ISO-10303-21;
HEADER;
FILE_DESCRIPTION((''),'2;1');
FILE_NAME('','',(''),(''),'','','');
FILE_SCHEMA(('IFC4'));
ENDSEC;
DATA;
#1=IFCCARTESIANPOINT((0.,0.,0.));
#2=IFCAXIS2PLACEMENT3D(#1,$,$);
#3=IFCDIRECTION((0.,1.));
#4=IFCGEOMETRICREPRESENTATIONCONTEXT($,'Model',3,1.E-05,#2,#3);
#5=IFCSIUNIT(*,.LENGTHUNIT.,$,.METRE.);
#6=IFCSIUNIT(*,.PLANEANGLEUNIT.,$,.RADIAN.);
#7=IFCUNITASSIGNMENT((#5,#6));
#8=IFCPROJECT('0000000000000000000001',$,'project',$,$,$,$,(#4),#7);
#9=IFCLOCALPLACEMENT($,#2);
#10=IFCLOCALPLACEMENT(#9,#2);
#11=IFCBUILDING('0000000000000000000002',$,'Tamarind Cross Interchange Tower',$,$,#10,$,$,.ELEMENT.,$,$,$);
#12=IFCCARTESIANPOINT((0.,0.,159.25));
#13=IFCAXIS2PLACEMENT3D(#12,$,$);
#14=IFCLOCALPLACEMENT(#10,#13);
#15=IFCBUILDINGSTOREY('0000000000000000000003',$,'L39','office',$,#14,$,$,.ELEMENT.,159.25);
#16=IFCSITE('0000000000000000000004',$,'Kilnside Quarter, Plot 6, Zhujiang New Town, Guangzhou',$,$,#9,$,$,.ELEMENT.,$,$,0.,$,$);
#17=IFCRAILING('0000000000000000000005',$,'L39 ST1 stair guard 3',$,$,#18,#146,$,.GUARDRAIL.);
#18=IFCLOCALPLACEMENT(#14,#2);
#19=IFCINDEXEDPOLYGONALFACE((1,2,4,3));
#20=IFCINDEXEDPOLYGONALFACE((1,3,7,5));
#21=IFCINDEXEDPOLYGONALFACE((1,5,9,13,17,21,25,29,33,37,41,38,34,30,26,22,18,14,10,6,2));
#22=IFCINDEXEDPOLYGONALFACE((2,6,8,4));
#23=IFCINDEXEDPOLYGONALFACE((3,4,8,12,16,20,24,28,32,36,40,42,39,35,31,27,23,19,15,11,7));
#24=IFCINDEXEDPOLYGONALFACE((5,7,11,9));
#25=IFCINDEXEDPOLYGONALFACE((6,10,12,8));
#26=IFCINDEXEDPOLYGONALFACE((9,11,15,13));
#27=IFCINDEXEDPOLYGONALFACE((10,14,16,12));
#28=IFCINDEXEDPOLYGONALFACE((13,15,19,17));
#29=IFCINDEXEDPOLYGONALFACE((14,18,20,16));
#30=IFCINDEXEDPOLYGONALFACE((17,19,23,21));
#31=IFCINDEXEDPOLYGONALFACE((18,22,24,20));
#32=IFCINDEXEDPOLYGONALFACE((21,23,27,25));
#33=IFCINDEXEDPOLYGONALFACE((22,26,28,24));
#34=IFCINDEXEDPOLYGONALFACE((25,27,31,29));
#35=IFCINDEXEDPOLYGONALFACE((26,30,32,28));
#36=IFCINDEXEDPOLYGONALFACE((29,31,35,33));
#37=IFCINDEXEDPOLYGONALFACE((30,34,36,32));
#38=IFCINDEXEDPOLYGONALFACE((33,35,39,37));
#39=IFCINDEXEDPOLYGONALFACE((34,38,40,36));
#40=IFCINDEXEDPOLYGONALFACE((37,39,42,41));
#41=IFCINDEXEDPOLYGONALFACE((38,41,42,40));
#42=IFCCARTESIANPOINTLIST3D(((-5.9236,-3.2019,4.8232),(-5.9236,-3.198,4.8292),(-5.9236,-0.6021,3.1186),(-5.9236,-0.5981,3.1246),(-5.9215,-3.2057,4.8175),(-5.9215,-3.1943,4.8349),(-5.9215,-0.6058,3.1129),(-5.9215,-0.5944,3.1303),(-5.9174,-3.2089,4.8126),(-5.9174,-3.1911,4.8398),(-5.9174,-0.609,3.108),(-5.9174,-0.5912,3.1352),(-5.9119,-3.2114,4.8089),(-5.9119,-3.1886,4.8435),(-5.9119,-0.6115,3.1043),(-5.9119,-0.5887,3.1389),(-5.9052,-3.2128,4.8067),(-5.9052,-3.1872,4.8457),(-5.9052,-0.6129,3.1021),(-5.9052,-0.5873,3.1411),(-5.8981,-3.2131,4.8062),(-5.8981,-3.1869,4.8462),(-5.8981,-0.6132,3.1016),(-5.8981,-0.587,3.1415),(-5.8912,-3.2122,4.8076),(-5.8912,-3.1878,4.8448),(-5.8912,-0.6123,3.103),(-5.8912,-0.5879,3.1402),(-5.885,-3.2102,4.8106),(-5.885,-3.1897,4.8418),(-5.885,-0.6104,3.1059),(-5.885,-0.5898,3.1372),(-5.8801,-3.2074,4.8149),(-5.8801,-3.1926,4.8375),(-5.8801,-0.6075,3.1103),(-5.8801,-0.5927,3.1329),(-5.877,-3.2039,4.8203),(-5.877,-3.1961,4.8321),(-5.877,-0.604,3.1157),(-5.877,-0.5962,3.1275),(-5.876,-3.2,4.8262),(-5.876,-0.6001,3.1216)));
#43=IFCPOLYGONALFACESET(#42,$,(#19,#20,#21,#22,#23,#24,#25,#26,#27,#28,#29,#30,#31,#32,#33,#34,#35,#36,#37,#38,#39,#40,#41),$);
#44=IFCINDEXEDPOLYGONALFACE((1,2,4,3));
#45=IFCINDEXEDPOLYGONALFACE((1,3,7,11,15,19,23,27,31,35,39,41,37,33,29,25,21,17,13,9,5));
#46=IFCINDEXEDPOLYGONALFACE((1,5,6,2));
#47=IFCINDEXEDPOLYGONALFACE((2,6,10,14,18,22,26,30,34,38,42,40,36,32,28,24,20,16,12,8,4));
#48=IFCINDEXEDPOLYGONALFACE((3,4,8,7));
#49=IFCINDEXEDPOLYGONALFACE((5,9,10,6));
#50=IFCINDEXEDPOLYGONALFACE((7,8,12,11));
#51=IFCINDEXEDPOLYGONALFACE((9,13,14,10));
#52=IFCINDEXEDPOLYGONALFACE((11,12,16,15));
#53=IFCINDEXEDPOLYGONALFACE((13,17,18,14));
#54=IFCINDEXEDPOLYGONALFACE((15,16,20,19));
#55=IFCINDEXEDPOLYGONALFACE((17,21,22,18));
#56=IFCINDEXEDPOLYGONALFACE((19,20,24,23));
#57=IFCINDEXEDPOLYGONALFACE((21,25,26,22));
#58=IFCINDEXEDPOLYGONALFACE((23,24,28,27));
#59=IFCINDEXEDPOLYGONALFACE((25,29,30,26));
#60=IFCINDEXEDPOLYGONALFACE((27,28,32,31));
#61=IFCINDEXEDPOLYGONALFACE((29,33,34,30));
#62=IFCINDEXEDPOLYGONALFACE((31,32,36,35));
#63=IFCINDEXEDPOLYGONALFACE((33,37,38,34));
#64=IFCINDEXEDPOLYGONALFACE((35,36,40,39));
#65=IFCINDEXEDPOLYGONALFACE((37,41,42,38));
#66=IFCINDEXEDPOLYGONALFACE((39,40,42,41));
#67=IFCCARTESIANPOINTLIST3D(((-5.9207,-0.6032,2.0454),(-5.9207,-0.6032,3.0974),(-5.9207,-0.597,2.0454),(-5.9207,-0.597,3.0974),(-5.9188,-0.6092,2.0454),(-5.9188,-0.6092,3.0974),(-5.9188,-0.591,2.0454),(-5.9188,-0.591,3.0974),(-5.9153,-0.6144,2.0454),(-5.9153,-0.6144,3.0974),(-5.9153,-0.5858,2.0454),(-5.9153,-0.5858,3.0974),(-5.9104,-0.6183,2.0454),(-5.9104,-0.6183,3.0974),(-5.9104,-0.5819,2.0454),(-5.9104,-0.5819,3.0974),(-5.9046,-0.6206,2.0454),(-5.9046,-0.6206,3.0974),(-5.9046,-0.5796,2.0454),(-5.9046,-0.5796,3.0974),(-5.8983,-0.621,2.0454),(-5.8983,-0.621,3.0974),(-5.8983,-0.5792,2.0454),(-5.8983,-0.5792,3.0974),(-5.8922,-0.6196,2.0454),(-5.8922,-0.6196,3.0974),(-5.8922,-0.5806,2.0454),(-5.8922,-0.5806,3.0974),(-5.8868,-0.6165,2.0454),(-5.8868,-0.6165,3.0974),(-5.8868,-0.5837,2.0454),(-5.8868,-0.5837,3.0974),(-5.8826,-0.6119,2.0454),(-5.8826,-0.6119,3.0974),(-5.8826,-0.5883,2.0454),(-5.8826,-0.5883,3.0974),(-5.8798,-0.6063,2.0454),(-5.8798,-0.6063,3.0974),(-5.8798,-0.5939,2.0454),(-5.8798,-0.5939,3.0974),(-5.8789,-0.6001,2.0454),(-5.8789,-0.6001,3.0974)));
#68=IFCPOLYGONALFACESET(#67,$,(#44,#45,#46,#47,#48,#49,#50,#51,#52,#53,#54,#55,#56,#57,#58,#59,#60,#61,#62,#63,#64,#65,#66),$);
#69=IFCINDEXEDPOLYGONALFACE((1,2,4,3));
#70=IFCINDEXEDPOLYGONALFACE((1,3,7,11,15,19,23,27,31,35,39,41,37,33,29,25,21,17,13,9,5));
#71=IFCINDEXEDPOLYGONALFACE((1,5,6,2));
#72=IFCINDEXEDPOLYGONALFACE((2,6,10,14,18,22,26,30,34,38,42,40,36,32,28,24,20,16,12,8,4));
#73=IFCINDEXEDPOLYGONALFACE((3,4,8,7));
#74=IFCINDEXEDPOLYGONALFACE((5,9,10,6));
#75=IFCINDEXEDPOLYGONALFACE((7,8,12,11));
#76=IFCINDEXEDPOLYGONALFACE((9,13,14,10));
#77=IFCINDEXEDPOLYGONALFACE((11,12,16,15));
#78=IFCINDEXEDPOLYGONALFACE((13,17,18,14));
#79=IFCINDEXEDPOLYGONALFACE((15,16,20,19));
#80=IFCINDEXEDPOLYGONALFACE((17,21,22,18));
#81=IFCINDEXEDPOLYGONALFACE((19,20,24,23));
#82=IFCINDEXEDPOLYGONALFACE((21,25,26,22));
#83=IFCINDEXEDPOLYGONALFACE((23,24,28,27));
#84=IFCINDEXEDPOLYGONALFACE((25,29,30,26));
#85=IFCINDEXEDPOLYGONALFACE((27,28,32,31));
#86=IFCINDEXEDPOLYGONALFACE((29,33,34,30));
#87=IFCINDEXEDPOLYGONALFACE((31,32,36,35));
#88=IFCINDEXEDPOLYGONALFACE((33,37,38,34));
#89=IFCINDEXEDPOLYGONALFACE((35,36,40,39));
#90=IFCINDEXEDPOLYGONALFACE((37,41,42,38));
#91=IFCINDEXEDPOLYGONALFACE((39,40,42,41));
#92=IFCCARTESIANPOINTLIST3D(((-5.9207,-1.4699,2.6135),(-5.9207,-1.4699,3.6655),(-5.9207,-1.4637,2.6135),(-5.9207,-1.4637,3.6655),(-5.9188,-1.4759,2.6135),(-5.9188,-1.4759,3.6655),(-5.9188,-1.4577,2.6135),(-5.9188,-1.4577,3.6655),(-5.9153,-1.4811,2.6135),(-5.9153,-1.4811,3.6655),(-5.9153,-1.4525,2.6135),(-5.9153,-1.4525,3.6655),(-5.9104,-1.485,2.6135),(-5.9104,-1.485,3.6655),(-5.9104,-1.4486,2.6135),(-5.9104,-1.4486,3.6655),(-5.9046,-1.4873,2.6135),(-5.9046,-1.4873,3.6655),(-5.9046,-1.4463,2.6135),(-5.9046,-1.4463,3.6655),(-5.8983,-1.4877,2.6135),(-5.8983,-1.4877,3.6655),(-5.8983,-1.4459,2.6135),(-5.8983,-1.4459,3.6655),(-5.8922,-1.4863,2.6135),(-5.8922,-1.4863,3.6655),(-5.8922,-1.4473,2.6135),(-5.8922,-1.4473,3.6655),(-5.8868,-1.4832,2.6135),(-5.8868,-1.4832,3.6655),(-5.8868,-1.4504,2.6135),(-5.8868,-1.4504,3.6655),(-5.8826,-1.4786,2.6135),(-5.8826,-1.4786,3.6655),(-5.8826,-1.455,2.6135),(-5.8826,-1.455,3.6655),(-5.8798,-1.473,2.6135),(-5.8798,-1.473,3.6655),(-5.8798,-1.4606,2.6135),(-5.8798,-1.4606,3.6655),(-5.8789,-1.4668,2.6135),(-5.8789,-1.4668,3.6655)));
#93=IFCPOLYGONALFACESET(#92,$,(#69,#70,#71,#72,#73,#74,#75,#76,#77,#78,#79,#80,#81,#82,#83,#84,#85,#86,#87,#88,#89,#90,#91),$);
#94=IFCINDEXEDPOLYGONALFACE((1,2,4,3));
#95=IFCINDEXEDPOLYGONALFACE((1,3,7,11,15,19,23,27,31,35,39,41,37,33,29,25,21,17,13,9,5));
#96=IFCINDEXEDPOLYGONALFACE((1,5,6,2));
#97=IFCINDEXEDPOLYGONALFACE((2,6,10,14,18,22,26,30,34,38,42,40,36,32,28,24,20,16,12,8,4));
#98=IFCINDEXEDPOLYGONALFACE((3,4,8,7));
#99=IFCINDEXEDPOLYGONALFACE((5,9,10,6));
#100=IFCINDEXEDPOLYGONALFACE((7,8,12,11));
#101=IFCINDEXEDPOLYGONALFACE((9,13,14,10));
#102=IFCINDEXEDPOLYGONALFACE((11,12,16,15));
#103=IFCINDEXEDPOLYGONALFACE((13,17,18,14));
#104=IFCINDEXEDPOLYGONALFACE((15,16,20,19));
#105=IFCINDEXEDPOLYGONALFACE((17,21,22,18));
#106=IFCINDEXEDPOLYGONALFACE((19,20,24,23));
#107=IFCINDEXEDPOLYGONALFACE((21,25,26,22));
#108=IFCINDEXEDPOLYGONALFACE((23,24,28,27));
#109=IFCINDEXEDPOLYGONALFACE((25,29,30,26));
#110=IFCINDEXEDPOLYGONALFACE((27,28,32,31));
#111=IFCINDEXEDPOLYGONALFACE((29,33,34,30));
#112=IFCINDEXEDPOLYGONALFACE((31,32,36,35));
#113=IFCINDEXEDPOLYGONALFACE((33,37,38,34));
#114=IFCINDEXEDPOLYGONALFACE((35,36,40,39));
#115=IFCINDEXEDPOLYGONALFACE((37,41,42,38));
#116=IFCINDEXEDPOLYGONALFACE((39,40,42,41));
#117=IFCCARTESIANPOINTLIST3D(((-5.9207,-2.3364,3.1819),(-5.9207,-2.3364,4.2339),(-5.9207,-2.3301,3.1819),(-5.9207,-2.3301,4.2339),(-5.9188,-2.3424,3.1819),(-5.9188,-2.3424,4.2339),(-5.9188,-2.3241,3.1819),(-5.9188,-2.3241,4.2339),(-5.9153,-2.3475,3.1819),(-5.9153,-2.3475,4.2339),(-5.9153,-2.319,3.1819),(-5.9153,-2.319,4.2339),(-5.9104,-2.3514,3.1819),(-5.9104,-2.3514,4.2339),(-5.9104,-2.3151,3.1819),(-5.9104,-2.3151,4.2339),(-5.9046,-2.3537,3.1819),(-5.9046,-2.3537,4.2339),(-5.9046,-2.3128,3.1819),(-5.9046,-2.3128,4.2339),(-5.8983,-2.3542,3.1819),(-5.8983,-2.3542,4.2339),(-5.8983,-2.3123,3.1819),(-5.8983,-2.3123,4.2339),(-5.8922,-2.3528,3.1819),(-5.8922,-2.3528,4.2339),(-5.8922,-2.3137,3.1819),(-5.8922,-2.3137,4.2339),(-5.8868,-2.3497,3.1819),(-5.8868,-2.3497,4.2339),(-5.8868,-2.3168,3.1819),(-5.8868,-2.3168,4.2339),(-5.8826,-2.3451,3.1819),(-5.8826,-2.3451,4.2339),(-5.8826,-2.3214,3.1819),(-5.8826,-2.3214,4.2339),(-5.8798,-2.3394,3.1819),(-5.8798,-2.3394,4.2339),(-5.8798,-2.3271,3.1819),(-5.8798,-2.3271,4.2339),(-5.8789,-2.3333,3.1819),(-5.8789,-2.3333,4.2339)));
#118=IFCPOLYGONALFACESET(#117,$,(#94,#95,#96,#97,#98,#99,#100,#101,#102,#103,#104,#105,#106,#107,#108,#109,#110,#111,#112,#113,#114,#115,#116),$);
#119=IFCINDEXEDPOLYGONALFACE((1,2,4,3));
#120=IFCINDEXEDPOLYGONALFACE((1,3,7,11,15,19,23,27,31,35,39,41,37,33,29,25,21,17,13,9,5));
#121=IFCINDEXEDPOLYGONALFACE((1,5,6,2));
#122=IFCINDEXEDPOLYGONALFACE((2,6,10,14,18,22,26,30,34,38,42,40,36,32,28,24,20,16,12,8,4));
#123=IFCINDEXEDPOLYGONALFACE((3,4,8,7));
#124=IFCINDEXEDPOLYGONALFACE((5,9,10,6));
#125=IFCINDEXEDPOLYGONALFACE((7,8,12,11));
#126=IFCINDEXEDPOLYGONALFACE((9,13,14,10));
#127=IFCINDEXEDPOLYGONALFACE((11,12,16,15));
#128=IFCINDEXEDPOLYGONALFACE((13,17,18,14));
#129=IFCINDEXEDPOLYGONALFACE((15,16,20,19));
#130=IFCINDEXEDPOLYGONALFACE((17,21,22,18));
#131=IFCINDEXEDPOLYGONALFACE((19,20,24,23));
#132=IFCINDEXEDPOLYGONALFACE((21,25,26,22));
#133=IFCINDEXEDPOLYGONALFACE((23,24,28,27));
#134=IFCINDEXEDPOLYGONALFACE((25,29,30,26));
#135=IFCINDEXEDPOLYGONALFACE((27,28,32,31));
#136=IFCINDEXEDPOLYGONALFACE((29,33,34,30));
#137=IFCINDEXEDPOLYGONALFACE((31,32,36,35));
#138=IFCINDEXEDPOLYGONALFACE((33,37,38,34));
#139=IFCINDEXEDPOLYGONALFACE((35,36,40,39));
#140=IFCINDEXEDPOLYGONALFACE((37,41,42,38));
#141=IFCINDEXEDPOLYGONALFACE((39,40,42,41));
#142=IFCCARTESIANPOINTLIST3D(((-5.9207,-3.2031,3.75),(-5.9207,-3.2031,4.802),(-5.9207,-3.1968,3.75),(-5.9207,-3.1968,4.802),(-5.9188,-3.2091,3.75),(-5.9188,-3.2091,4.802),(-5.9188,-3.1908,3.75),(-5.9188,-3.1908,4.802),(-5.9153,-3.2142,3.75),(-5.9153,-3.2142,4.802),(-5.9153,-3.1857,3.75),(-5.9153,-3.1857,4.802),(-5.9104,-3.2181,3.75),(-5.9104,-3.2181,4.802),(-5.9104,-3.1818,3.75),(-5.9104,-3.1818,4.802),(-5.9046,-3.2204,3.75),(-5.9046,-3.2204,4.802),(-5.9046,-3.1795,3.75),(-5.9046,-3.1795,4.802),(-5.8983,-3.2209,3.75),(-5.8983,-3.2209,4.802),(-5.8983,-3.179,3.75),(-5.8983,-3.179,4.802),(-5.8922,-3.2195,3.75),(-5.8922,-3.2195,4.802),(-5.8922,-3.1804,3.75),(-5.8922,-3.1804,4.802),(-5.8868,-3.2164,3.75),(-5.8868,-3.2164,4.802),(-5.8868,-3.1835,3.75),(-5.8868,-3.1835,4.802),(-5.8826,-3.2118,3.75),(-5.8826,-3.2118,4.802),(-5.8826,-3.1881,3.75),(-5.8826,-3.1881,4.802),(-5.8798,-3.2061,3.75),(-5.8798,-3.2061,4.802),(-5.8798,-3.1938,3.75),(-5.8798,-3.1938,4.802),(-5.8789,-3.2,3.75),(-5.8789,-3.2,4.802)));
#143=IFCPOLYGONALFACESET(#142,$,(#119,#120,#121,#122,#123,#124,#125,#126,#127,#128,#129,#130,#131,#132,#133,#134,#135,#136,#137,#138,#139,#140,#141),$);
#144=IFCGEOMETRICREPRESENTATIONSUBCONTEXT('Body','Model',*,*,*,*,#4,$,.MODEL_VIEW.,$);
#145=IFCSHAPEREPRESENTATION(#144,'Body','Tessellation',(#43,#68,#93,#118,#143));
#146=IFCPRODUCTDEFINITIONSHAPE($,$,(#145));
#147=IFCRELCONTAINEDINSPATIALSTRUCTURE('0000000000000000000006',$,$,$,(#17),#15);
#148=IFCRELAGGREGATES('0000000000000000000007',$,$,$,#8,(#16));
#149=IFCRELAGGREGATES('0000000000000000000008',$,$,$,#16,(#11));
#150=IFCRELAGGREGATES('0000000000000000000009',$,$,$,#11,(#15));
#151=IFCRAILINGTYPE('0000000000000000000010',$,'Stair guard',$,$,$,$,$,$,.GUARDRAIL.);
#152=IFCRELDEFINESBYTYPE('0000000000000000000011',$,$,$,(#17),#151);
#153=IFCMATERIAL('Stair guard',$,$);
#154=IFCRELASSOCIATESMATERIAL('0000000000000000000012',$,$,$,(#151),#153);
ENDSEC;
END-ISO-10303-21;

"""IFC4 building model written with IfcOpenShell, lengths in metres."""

from ifc_helpers import new_model, si_unit, direction, frame, origin, origin_2d, place, context, subcontext, project, spatial, circle, extrude, material, type_object, element, save


model = new_model("IFC4")

# Units and contexts
model_context = context("Model", 3, precision=1e-05, world=origin(), true_north=direction((0.0, 1.0)))
body_context = subcontext(model_context, "Body", "Model", "MODEL_VIEW")
ifc_project = project(units=[si_unit("LENGTHUNIT", "METRE"), si_unit("PLANEANGLEUNIT", "RADIAN")], contexts=[model_context])

# Site, building, storey
site_placement = place(None, origin())
site = spatial("IfcSite", under=ifc_project, at=site_placement, Name="Kilnside Quarter, Plot 6, Zhujiang New Town, Guangzhou", CompositionType="ELEMENT", RefElevation=0.0)
building_placement = place(site_placement, origin())
building = spatial("IfcBuilding", under=site, at=building_placement, Name="Tamarind Cross Interchange Tower", CompositionType="ELEMENT")
storey_placement = place(building_placement, frame((0.0, 0.0, 159.25)))
storey = spatial("IfcBuildingStorey", under=building, at=storey_placement, Name="L39", Description="office", CompositionType="ELEMENT", Elevation=159.25)

# Railing
ifc_material_1 = material(Name="Stair guard")
railing_type_1 = type_object("IfcRailingType", Name="Stair guard", PredefinedType="GUARDRAIL", material=ifc_material_1)
railing_1_placement = place(storey_placement, frame((-5.8999, -0.6001, 2.0454)))
element("IfcRailing", 1, at=railing_1_placement, inside=storey, type_object=railing_type_1, Name="L39 ST1 stair guard 3", PredefinedType="GUARDRAIL", context=body_context, shape_type="SweptSolid", body=[
    extrude(circle(Radius=0.0239, at=origin_2d()), frame((0.0, 0.0, 1.0762), z_axis=(0.0, -0.836279, 0.548305), x_axis=(1.0, 0.0, 0.0)), (0.0, 0.0, 1.0), 3.1089),
    extrude(circle(Radius=0.021, at=origin_2d()), origin(), (0.0, 0.0, 1.0), 1.052),
    extrude(circle(Radius=0.021, at=origin_2d()), frame((0.0, -0.8667, 0.5681)), (0.0, 0.0, 1.0), 1.052),
    extrude(circle(Radius=0.021, at=origin_2d()), frame((0.0, -1.7332, 1.1365)), (0.0, 0.0, 1.0), 1.052),
    extrude(circle(Radius=0.021, at=origin_2d()), frame((0.0, -2.5999, 1.7046)), (0.0, 0.0, 1.0), 1.052),
])

save(model, "model.ifc")
